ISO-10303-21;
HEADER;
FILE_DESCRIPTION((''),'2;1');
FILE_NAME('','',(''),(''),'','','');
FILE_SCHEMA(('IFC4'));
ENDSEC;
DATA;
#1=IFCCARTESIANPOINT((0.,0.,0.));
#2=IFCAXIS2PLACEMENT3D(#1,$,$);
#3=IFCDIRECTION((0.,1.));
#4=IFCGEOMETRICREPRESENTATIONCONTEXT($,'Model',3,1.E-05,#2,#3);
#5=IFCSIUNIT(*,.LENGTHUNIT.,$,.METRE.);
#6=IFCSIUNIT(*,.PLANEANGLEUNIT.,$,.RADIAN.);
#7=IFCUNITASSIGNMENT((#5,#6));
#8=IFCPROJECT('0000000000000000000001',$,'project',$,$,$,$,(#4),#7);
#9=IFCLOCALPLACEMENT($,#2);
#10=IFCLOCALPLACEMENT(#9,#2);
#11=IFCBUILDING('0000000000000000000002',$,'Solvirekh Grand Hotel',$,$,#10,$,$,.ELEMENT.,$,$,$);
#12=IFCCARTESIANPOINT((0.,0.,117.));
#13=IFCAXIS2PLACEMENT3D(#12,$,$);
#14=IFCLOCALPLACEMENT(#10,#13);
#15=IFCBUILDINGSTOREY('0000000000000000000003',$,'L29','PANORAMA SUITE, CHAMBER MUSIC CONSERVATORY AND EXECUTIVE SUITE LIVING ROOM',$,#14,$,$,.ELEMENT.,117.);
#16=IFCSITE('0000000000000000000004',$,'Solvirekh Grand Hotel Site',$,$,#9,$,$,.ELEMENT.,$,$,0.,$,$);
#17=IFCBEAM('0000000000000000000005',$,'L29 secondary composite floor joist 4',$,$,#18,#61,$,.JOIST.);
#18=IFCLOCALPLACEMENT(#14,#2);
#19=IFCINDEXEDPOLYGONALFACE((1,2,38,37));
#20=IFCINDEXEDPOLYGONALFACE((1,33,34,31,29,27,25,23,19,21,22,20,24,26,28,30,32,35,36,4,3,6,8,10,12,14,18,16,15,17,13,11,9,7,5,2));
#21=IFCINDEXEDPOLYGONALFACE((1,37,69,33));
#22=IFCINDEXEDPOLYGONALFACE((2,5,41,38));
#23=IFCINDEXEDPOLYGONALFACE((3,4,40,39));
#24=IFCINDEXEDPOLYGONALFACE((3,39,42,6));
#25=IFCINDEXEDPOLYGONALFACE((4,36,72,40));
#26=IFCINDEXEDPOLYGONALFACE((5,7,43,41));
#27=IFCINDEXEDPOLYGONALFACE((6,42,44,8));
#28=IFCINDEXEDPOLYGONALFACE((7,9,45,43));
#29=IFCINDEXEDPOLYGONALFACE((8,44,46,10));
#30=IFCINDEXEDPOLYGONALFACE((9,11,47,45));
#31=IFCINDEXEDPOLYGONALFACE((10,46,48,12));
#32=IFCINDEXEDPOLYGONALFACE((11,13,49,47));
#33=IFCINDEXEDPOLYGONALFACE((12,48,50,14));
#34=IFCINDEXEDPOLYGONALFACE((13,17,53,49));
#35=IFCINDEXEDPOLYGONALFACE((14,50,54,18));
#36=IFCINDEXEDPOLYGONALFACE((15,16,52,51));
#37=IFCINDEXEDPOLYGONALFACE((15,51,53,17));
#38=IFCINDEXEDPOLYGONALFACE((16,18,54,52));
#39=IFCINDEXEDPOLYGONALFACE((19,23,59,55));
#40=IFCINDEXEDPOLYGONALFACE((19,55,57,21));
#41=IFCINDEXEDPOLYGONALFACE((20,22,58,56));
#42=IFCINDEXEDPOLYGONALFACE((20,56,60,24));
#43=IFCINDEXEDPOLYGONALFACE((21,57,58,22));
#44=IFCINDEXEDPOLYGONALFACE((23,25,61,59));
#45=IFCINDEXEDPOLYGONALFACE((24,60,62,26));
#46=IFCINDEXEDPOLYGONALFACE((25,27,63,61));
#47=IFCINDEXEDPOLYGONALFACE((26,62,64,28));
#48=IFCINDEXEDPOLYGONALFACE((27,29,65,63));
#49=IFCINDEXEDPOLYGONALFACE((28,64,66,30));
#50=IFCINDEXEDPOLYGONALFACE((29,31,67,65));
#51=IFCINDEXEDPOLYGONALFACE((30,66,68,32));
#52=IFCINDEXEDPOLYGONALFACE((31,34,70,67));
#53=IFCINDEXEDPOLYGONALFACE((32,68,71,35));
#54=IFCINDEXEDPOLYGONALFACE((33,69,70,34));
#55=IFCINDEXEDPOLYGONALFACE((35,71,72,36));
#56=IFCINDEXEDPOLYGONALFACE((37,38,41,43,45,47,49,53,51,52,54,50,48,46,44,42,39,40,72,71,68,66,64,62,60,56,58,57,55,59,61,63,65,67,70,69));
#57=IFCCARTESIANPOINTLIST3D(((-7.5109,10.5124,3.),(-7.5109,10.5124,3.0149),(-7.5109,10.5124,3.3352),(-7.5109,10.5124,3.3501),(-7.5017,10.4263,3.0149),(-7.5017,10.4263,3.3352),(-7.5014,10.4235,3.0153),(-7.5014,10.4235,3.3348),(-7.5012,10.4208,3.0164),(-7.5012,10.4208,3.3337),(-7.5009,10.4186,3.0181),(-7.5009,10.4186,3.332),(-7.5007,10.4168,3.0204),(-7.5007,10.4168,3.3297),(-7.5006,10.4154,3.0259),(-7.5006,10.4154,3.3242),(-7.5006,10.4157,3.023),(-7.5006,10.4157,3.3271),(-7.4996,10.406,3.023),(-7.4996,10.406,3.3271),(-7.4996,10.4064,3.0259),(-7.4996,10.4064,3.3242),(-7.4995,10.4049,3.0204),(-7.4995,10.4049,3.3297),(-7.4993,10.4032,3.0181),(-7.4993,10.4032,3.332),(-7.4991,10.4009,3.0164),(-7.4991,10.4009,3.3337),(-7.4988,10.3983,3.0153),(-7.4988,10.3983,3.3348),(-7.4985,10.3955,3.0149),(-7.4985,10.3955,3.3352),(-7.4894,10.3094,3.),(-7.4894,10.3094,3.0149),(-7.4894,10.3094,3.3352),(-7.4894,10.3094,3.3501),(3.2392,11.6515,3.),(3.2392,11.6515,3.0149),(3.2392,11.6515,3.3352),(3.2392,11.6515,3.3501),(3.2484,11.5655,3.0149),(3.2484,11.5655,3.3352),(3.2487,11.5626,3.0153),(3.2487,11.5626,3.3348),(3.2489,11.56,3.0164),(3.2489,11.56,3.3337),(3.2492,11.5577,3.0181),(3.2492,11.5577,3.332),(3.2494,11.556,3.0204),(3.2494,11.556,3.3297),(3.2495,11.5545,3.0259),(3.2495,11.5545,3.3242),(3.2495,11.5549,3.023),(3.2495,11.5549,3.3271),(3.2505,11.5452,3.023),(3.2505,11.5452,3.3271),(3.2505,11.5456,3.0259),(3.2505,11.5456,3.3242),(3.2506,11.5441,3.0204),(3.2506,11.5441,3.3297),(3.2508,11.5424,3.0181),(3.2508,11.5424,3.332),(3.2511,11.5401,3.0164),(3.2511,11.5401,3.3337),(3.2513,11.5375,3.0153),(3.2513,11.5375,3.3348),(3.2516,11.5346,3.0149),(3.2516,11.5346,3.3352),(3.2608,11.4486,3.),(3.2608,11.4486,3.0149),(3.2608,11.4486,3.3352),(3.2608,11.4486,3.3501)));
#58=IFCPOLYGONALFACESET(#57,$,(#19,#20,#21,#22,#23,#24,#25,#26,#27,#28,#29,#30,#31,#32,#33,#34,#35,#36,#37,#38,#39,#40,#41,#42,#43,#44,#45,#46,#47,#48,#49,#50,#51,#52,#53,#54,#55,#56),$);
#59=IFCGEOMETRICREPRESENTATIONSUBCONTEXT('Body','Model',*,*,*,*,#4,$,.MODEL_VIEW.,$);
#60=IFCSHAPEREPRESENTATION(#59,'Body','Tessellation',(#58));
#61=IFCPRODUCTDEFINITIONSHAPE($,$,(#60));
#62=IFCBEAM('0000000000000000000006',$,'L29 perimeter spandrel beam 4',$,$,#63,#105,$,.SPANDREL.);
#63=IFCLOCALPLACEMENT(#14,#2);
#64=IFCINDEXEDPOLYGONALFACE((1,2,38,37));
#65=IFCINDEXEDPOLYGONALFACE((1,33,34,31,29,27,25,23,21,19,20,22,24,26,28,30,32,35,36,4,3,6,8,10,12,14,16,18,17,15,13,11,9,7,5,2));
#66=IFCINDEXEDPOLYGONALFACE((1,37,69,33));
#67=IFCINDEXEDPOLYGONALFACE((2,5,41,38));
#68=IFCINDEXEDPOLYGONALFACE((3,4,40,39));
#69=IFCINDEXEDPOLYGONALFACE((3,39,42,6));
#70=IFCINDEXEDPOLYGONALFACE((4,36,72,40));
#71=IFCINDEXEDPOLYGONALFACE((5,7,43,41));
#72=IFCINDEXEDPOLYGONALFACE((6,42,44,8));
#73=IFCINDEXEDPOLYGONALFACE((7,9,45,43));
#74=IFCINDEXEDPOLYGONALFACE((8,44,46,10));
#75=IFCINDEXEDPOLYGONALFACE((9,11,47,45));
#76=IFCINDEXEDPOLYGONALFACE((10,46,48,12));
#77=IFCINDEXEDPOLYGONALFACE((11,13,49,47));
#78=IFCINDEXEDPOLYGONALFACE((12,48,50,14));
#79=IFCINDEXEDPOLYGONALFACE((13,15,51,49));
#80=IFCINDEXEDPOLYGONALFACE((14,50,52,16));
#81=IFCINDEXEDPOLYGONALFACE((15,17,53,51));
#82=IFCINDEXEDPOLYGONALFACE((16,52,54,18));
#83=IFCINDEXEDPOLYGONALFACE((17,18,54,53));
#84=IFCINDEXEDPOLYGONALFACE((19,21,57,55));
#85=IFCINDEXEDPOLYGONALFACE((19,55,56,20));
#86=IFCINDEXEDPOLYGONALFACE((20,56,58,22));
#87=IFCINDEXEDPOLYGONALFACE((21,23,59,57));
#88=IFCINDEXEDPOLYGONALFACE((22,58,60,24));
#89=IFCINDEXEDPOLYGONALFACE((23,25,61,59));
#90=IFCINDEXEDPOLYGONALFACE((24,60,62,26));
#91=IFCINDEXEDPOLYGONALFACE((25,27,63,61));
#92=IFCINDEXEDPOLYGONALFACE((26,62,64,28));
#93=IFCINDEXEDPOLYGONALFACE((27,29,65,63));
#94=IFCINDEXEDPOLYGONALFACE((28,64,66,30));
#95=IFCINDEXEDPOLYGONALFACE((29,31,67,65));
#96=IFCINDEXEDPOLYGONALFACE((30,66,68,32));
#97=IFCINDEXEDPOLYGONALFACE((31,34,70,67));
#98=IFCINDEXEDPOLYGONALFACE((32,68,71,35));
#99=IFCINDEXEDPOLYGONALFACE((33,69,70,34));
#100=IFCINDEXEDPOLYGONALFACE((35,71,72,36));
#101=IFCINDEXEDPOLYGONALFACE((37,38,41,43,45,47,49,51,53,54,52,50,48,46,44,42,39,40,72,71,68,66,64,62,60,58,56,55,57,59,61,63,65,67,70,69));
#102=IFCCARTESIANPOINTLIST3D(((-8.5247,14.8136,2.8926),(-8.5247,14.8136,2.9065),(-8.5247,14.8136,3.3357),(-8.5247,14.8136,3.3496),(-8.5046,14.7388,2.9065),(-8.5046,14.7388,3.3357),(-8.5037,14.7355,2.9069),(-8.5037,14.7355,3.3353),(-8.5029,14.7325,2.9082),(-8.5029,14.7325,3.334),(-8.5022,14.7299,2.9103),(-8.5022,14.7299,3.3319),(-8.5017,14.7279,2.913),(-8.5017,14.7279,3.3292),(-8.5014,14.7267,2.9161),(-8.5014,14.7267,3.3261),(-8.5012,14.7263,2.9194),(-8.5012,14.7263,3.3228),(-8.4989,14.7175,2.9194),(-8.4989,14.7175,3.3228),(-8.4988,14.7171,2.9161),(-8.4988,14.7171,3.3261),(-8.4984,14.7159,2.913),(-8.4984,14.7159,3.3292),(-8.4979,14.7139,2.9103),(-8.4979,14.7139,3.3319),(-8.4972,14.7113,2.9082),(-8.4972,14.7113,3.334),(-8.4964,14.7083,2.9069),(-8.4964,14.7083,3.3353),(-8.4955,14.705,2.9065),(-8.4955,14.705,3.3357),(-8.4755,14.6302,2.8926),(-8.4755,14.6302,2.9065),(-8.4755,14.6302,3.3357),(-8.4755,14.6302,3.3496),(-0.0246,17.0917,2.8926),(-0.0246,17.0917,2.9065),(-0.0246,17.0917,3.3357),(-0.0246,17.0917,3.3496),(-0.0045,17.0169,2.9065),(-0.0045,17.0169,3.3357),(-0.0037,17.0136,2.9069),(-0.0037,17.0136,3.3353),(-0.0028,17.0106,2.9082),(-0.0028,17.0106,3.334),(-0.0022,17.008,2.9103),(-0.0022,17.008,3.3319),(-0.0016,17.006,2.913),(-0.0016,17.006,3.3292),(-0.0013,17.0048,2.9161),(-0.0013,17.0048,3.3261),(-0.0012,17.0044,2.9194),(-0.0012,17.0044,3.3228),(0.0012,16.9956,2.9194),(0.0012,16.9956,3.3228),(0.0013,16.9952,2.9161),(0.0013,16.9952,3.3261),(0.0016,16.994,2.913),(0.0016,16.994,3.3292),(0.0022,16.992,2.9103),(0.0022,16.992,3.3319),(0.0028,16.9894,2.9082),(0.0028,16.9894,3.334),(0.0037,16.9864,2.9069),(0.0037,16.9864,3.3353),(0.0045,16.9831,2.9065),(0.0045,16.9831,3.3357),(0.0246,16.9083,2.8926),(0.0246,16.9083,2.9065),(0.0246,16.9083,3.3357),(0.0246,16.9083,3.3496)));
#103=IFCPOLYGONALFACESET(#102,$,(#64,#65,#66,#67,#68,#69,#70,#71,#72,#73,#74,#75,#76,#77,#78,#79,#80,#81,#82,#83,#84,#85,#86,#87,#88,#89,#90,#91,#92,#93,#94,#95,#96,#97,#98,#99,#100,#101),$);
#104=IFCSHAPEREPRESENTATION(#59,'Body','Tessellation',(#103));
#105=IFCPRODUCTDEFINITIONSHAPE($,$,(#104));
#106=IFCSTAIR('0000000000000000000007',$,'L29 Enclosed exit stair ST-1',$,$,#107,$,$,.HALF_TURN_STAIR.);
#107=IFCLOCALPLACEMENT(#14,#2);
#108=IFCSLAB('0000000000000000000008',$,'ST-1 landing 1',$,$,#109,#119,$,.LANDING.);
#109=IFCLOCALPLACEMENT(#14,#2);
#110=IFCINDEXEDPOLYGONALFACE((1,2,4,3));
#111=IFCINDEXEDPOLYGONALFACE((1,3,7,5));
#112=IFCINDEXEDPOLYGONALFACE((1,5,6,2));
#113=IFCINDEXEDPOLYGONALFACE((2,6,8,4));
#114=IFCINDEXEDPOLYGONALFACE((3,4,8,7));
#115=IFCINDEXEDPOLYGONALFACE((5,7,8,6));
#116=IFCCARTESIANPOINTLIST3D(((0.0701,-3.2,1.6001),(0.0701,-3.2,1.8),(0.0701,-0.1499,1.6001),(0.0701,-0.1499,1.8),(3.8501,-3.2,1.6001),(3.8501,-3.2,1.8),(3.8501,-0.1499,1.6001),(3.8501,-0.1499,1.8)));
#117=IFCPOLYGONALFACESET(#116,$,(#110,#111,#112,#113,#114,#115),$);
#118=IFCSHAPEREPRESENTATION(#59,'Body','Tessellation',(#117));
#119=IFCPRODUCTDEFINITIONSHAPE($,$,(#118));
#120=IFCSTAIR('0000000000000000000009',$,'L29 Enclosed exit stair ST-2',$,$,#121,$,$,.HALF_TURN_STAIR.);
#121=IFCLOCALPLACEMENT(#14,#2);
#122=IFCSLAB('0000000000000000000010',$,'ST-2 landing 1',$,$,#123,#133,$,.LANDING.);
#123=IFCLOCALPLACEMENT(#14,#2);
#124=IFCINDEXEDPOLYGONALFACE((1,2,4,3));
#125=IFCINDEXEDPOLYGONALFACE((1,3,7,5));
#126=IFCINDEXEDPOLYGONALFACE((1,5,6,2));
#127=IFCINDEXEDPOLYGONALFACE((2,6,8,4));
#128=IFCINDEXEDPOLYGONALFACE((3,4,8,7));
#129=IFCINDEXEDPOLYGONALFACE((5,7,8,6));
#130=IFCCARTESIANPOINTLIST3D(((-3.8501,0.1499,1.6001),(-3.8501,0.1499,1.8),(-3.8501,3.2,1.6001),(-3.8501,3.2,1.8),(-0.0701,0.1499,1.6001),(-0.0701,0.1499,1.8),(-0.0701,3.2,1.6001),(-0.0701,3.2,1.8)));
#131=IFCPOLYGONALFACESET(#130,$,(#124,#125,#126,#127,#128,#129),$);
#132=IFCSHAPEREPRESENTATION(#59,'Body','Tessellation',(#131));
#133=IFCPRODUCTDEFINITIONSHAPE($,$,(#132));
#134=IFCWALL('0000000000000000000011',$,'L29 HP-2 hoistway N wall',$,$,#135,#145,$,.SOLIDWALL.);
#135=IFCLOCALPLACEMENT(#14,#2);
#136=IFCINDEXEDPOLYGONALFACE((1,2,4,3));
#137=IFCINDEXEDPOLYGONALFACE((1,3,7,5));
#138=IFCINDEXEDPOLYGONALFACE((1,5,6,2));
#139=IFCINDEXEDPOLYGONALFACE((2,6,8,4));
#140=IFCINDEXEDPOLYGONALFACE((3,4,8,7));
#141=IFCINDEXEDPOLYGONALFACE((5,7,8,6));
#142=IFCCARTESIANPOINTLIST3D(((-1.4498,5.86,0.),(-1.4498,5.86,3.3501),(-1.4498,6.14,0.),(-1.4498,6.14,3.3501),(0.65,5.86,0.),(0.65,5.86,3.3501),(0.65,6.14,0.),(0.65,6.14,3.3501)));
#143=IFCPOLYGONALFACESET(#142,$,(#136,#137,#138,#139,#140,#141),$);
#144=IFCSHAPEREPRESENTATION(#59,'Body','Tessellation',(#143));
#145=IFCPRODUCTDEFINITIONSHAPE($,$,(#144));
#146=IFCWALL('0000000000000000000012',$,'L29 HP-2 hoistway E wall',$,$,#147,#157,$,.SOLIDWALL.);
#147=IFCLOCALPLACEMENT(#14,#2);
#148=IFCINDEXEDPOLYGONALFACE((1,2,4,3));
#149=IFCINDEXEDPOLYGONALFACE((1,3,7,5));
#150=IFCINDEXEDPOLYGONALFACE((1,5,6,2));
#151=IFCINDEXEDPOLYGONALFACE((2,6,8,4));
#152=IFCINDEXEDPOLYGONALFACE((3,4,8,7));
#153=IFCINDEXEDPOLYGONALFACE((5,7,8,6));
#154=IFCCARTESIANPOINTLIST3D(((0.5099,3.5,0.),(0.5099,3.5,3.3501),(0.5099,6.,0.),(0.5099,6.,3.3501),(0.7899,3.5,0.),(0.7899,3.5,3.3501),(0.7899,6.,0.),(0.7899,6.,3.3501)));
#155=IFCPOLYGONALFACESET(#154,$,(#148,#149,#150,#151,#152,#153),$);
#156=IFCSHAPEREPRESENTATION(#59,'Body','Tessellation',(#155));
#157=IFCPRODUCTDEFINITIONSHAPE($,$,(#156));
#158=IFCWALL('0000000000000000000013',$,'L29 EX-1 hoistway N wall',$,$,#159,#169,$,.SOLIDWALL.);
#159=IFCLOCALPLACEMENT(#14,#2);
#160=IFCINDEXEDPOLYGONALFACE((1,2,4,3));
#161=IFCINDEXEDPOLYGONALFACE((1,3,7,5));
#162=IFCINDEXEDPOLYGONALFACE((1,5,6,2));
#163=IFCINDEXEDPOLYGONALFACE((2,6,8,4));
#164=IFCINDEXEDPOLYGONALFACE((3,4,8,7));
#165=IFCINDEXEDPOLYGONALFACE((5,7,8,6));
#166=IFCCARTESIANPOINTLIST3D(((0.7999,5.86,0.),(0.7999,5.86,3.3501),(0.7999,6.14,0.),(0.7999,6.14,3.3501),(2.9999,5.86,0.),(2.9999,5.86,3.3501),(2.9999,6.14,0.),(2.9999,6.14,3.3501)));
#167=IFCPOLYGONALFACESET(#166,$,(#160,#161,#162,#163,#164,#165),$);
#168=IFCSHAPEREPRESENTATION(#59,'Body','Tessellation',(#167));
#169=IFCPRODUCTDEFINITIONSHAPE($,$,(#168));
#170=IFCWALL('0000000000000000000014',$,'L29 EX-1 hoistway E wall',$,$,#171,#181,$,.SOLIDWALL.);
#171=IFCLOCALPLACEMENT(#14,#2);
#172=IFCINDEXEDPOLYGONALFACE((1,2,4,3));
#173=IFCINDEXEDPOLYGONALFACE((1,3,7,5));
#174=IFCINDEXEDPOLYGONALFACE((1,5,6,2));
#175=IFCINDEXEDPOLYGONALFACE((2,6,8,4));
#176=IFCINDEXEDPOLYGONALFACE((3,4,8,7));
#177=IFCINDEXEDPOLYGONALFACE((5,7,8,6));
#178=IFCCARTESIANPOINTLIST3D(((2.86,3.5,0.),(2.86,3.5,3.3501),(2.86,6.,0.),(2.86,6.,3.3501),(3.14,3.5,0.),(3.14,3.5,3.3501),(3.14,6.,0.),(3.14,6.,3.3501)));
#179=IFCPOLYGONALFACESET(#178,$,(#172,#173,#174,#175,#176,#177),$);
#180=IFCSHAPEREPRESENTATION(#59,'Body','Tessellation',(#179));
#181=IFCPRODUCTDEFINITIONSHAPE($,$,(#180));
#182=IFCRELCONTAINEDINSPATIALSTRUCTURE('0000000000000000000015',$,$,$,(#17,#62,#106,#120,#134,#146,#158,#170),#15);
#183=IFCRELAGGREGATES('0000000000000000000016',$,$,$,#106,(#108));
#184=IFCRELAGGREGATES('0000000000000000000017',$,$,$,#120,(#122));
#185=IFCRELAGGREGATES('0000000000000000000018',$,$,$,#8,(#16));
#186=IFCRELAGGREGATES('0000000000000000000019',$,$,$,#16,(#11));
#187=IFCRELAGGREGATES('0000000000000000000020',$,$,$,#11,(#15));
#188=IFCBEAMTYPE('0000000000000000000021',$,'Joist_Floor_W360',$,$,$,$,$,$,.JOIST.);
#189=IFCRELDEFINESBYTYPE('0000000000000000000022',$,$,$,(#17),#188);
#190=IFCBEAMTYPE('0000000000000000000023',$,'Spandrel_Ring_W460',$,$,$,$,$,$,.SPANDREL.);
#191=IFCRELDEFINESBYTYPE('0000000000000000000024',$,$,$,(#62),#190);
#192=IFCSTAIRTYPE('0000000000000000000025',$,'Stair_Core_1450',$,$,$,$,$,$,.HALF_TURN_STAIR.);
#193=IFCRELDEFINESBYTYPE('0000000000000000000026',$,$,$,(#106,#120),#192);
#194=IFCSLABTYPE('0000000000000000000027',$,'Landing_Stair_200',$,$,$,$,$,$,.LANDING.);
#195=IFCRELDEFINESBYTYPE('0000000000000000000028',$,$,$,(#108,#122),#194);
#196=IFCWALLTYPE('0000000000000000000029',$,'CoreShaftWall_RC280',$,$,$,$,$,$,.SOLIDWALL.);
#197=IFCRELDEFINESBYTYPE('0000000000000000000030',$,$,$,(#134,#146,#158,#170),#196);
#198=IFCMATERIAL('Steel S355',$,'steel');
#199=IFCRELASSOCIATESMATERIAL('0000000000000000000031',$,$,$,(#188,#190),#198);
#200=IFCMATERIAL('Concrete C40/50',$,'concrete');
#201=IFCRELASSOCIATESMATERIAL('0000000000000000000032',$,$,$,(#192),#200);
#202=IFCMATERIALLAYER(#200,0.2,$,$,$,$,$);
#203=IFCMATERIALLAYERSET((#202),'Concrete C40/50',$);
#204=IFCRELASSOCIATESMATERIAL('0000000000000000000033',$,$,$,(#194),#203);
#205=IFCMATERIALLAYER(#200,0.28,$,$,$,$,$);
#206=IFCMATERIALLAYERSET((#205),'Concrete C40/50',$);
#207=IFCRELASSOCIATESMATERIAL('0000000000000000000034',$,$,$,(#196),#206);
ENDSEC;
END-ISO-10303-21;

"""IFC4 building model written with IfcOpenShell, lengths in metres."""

from ifc_helpers import new_model, si_unit, direction, frame, frame_2d, origin, origin_2d, place, context, subcontext, project, spatial, polyline, rectangle, i_section, outline, extrude, material, layer, layer_set, material_profile, profile_set, type_object, element, aggregate, save


model = new_model("IFC4")

# Units and contexts
model_context = context("Model", 3, precision=1e-05, world=origin(), true_north=direction((0.0, 1.0)))
body_context = subcontext(model_context, "Body", "Model", "MODEL_VIEW")
ifc_project = project(units=[si_unit("LENGTHUNIT", "METRE"), si_unit("PLANEANGLEUNIT", "RADIAN")], contexts=[model_context])

# Site, building, storey
site_placement = place(None, origin())
site = spatial("IfcSite", under=ifc_project, at=site_placement, Name="Solvirekh Grand Hotel Site", CompositionType="ELEMENT", RefElevation=0.0)
building_placement = place(site_placement, origin())
building = spatial("IfcBuilding", under=site, at=building_placement, Name="Solvirekh Grand Hotel", CompositionType="ELEMENT")
storey_placement = place(building_placement, frame((0.0, 0.0, 117.0)))
storey = spatial("IfcBuildingStorey", under=building, at=storey_placement, Name="L29", Description="PANORAMA SUITE, CHAMBER MUSIC CONSERVATORY AND EXECUTIVE SUITE LIVING ROOM", CompositionType="ELEMENT", Elevation=117.0)

# Beams
ifc_material_1 = material(Name="Steel S355", Category="steel")
ifc_material_profile_1 = material_profile(ifc_material_1, i_section(OverallWidth=0.2041, OverallDepth=0.3501, WebThickness=0.009, FlangeThickness=0.0149, FilletRadius=0.011, at=origin_2d()), Name="W360X72")
ifc_profile_set_1 = profile_set([ifc_material_profile_1], Name="Steel S355")
beam_type_1 = type_object("IfcBeamType", Name="Joist_Floor_W360", PredefinedType="JOIST", material=ifc_profile_set_1)
beam_1_placement = place(storey_placement, frame((3.25, 11.55, 3.175), z_axis=(-0.994432, -0.105378, 0.0), x_axis=(0.105378, -0.994432, 0.0)))
element("IfcBeam", 1, at=beam_1_placement, inside=storey, type_object=beam_type_1, Name="L29 secondary composite floor joist 4", PredefinedType="JOIST", context=body_context, shape_type="SweptSolid", body=[
    extrude(i_section(OverallWidth=0.2041, OverallDepth=0.3501, WebThickness=0.009, FlangeThickness=0.0149, FilletRadius=0.011, at=origin_2d()), origin(), (0.0, 0.0, 1.0), 10.8103),
])
ifc_material_profile_2 = material_profile(ifc_material_1, i_section(OverallWidth=0.1899, OverallDepth=0.457, WebThickness=0.009, FlangeThickness=0.0139, FilletRadius=0.0129, at=origin_2d()), Name="W460X74")
ifc_profile_set_2 = profile_set([ifc_material_profile_2], Name="Steel S355")
beam_type_2 = type_object("IfcBeamType", Name="Spandrel_Ring_W460", PredefinedType="SPANDREL", material=ifc_profile_set_2)
beam_2_placement = place(storey_placement, frame((0.0, 17.0, 3.1211), z_axis=(-0.965911, -0.258873, 0.0), x_axis=(0.258873, -0.965911, 0.0)))
element("IfcBeam", 2, at=beam_2_placement, inside=storey, type_object=beam_type_2, Name="L29 perimeter spandrel beam 4", PredefinedType="SPANDREL", context=body_context, shape_type="SweptSolid", body=[
    extrude(i_section(OverallWidth=0.1899, OverallDepth=0.457, WebThickness=0.009, FlangeThickness=0.0139, FilletRadius=0.0129, at=origin_2d()), origin(), (0.0, 0.0, 1.0), 8.8),
])

# Stairs, slabs
ifc_material_2 = material(Name="Concrete C40/50", Category="concrete")
stair_type = type_object("IfcStairType", Name="Stair_Core_1450", PredefinedType="HALF_TURN_STAIR", material=ifc_material_2)
stair_1_placement = place(storey_placement, origin())
stair_1 = element("IfcStair", 3, at=stair_1_placement, inside=storey, type_object=stair_type, Name="L29 Enclosed exit stair ST-1", PredefinedType="HALF_TURN_STAIR")
ifc_layer_1 = layer(ifc_material_2, 0.2)
ifc_layer_set_1 = layer_set([ifc_layer_1], Name="Concrete C40/50")
slab_type = type_object("IfcSlabType", Name="Landing_Stair_200", PredefinedType="LANDING", material=ifc_layer_set_1)
slab_1_placement = place(storey_placement, frame((0.0, 0.0, 1.6001)))
slab_1 = element("IfcSlab", 4, at=slab_1_placement, type_object=slab_type, Name="ST-1 landing 1", PredefinedType="LANDING", context=body_context, shape_type="SweptSolid", body=[
    extrude(outline(polyline([(0.0701, -3.2), (3.8501, -3.2), (3.8501, -0.1499), (0.0701, -0.1499), (0.0701, -3.2)])), origin(), (0.0, 0.0, 1.0), 0.2),
])
stair_2_placement = place(storey_placement, origin())
stair_2 = element("IfcStair", 5, at=stair_2_placement, inside=storey, type_object=stair_type, Name="L29 Enclosed exit stair ST-2", PredefinedType="HALF_TURN_STAIR")
slab_2_placement = place(storey_placement, frame((0.0, 0.0, 1.6001)))
slab_2 = element("IfcSlab", 6, at=slab_2_placement, type_object=slab_type, Name="ST-2 landing 1", PredefinedType="LANDING", context=body_context, shape_type="SweptSolid", body=[
    extrude(outline(polyline([(-0.0701, 3.2), (-3.8501, 3.2), (-3.8501, 0.1499), (-0.0701, 0.1499), (-0.0701, 3.2)])), origin(), (0.0, 0.0, 1.0), 0.2),
])

# Walls
ifc_layer_2 = layer(ifc_material_2, 0.28)
ifc_layer_set_2 = layer_set([ifc_layer_2], Name="Concrete C40/50")
wall_type_1 = type_object("IfcWallType", Name="CoreShaftWall_RC280", PredefinedType="SOLIDWALL", material=ifc_layer_set_2)
wall_1_placement = place(storey_placement, frame((0.6499, 6.0, 0.0), z_axis=(0.0, 0.0, 1.0), x_axis=(-1.0, 0.0, 0.0)))
element("IfcWall", 7, at=wall_1_placement, inside=storey, type_object=wall_type_1, Name="L29 HP-2 hoistway N wall", PredefinedType="SOLIDWALL", context=body_context, shape_type="SweptSolid", body=[
    extrude(rectangle(XDim=2.0999, YDim=0.28, at=frame_2d((1.0498, 0.0))), origin(), (0.0, 0.0, 1.0), 3.3501),
])
wall_2_placement = place(storey_placement, frame((0.6499, 3.5, 0.0), z_axis=(0.0, 0.0, 1.0), x_axis=(0.0, 1.0, 0.0)))
element("IfcWall", 8, at=wall_2_placement, inside=storey, type_object=wall_type_1, Name="L29 HP-2 hoistway E wall", PredefinedType="SOLIDWALL", context=body_context, shape_type="SweptSolid", body=[
    extrude(rectangle(XDim=2.5, YDim=0.28, at=frame_2d((1.25, 0.0))), origin(), (0.0, 0.0, 1.0), 3.3501),
])
wall_3_placement = place(storey_placement, frame((3.0, 6.0, 0.0), z_axis=(0.0, 0.0, 1.0), x_axis=(-1.0, 0.0, 0.0)))
element("IfcWall", 9, at=wall_3_placement, inside=storey, type_object=wall_type_1, Name="L29 EX-1 hoistway N wall", PredefinedType="SOLIDWALL", context=body_context, shape_type="SweptSolid", body=[
    extrude(rectangle(XDim=2.2, YDim=0.28, at=frame_2d((1.1001, 0.0))), origin(), (0.0, 0.0, 1.0), 3.3501),
])
wall_4_placement = place(storey_placement, frame((3.0, 3.5, 0.0), z_axis=(0.0, 0.0, 1.0), x_axis=(0.0, 1.0, 0.0)))
element("IfcWall", 10, at=wall_4_placement, inside=storey, type_object=wall_type_1, Name="L29 EX-1 hoistway E wall", PredefinedType="SOLIDWALL", context=body_context, shape_type="SweptSolid", body=[
    extrude(rectangle(XDim=2.5, YDim=0.28, at=frame_2d((1.25, 0.0))), origin(), (0.0, 0.0, 1.0), 3.3501),
])

aggregate(stair_1, [slab_1])
aggregate(stair_2, [slab_2])

save(model, "model.ifc")
